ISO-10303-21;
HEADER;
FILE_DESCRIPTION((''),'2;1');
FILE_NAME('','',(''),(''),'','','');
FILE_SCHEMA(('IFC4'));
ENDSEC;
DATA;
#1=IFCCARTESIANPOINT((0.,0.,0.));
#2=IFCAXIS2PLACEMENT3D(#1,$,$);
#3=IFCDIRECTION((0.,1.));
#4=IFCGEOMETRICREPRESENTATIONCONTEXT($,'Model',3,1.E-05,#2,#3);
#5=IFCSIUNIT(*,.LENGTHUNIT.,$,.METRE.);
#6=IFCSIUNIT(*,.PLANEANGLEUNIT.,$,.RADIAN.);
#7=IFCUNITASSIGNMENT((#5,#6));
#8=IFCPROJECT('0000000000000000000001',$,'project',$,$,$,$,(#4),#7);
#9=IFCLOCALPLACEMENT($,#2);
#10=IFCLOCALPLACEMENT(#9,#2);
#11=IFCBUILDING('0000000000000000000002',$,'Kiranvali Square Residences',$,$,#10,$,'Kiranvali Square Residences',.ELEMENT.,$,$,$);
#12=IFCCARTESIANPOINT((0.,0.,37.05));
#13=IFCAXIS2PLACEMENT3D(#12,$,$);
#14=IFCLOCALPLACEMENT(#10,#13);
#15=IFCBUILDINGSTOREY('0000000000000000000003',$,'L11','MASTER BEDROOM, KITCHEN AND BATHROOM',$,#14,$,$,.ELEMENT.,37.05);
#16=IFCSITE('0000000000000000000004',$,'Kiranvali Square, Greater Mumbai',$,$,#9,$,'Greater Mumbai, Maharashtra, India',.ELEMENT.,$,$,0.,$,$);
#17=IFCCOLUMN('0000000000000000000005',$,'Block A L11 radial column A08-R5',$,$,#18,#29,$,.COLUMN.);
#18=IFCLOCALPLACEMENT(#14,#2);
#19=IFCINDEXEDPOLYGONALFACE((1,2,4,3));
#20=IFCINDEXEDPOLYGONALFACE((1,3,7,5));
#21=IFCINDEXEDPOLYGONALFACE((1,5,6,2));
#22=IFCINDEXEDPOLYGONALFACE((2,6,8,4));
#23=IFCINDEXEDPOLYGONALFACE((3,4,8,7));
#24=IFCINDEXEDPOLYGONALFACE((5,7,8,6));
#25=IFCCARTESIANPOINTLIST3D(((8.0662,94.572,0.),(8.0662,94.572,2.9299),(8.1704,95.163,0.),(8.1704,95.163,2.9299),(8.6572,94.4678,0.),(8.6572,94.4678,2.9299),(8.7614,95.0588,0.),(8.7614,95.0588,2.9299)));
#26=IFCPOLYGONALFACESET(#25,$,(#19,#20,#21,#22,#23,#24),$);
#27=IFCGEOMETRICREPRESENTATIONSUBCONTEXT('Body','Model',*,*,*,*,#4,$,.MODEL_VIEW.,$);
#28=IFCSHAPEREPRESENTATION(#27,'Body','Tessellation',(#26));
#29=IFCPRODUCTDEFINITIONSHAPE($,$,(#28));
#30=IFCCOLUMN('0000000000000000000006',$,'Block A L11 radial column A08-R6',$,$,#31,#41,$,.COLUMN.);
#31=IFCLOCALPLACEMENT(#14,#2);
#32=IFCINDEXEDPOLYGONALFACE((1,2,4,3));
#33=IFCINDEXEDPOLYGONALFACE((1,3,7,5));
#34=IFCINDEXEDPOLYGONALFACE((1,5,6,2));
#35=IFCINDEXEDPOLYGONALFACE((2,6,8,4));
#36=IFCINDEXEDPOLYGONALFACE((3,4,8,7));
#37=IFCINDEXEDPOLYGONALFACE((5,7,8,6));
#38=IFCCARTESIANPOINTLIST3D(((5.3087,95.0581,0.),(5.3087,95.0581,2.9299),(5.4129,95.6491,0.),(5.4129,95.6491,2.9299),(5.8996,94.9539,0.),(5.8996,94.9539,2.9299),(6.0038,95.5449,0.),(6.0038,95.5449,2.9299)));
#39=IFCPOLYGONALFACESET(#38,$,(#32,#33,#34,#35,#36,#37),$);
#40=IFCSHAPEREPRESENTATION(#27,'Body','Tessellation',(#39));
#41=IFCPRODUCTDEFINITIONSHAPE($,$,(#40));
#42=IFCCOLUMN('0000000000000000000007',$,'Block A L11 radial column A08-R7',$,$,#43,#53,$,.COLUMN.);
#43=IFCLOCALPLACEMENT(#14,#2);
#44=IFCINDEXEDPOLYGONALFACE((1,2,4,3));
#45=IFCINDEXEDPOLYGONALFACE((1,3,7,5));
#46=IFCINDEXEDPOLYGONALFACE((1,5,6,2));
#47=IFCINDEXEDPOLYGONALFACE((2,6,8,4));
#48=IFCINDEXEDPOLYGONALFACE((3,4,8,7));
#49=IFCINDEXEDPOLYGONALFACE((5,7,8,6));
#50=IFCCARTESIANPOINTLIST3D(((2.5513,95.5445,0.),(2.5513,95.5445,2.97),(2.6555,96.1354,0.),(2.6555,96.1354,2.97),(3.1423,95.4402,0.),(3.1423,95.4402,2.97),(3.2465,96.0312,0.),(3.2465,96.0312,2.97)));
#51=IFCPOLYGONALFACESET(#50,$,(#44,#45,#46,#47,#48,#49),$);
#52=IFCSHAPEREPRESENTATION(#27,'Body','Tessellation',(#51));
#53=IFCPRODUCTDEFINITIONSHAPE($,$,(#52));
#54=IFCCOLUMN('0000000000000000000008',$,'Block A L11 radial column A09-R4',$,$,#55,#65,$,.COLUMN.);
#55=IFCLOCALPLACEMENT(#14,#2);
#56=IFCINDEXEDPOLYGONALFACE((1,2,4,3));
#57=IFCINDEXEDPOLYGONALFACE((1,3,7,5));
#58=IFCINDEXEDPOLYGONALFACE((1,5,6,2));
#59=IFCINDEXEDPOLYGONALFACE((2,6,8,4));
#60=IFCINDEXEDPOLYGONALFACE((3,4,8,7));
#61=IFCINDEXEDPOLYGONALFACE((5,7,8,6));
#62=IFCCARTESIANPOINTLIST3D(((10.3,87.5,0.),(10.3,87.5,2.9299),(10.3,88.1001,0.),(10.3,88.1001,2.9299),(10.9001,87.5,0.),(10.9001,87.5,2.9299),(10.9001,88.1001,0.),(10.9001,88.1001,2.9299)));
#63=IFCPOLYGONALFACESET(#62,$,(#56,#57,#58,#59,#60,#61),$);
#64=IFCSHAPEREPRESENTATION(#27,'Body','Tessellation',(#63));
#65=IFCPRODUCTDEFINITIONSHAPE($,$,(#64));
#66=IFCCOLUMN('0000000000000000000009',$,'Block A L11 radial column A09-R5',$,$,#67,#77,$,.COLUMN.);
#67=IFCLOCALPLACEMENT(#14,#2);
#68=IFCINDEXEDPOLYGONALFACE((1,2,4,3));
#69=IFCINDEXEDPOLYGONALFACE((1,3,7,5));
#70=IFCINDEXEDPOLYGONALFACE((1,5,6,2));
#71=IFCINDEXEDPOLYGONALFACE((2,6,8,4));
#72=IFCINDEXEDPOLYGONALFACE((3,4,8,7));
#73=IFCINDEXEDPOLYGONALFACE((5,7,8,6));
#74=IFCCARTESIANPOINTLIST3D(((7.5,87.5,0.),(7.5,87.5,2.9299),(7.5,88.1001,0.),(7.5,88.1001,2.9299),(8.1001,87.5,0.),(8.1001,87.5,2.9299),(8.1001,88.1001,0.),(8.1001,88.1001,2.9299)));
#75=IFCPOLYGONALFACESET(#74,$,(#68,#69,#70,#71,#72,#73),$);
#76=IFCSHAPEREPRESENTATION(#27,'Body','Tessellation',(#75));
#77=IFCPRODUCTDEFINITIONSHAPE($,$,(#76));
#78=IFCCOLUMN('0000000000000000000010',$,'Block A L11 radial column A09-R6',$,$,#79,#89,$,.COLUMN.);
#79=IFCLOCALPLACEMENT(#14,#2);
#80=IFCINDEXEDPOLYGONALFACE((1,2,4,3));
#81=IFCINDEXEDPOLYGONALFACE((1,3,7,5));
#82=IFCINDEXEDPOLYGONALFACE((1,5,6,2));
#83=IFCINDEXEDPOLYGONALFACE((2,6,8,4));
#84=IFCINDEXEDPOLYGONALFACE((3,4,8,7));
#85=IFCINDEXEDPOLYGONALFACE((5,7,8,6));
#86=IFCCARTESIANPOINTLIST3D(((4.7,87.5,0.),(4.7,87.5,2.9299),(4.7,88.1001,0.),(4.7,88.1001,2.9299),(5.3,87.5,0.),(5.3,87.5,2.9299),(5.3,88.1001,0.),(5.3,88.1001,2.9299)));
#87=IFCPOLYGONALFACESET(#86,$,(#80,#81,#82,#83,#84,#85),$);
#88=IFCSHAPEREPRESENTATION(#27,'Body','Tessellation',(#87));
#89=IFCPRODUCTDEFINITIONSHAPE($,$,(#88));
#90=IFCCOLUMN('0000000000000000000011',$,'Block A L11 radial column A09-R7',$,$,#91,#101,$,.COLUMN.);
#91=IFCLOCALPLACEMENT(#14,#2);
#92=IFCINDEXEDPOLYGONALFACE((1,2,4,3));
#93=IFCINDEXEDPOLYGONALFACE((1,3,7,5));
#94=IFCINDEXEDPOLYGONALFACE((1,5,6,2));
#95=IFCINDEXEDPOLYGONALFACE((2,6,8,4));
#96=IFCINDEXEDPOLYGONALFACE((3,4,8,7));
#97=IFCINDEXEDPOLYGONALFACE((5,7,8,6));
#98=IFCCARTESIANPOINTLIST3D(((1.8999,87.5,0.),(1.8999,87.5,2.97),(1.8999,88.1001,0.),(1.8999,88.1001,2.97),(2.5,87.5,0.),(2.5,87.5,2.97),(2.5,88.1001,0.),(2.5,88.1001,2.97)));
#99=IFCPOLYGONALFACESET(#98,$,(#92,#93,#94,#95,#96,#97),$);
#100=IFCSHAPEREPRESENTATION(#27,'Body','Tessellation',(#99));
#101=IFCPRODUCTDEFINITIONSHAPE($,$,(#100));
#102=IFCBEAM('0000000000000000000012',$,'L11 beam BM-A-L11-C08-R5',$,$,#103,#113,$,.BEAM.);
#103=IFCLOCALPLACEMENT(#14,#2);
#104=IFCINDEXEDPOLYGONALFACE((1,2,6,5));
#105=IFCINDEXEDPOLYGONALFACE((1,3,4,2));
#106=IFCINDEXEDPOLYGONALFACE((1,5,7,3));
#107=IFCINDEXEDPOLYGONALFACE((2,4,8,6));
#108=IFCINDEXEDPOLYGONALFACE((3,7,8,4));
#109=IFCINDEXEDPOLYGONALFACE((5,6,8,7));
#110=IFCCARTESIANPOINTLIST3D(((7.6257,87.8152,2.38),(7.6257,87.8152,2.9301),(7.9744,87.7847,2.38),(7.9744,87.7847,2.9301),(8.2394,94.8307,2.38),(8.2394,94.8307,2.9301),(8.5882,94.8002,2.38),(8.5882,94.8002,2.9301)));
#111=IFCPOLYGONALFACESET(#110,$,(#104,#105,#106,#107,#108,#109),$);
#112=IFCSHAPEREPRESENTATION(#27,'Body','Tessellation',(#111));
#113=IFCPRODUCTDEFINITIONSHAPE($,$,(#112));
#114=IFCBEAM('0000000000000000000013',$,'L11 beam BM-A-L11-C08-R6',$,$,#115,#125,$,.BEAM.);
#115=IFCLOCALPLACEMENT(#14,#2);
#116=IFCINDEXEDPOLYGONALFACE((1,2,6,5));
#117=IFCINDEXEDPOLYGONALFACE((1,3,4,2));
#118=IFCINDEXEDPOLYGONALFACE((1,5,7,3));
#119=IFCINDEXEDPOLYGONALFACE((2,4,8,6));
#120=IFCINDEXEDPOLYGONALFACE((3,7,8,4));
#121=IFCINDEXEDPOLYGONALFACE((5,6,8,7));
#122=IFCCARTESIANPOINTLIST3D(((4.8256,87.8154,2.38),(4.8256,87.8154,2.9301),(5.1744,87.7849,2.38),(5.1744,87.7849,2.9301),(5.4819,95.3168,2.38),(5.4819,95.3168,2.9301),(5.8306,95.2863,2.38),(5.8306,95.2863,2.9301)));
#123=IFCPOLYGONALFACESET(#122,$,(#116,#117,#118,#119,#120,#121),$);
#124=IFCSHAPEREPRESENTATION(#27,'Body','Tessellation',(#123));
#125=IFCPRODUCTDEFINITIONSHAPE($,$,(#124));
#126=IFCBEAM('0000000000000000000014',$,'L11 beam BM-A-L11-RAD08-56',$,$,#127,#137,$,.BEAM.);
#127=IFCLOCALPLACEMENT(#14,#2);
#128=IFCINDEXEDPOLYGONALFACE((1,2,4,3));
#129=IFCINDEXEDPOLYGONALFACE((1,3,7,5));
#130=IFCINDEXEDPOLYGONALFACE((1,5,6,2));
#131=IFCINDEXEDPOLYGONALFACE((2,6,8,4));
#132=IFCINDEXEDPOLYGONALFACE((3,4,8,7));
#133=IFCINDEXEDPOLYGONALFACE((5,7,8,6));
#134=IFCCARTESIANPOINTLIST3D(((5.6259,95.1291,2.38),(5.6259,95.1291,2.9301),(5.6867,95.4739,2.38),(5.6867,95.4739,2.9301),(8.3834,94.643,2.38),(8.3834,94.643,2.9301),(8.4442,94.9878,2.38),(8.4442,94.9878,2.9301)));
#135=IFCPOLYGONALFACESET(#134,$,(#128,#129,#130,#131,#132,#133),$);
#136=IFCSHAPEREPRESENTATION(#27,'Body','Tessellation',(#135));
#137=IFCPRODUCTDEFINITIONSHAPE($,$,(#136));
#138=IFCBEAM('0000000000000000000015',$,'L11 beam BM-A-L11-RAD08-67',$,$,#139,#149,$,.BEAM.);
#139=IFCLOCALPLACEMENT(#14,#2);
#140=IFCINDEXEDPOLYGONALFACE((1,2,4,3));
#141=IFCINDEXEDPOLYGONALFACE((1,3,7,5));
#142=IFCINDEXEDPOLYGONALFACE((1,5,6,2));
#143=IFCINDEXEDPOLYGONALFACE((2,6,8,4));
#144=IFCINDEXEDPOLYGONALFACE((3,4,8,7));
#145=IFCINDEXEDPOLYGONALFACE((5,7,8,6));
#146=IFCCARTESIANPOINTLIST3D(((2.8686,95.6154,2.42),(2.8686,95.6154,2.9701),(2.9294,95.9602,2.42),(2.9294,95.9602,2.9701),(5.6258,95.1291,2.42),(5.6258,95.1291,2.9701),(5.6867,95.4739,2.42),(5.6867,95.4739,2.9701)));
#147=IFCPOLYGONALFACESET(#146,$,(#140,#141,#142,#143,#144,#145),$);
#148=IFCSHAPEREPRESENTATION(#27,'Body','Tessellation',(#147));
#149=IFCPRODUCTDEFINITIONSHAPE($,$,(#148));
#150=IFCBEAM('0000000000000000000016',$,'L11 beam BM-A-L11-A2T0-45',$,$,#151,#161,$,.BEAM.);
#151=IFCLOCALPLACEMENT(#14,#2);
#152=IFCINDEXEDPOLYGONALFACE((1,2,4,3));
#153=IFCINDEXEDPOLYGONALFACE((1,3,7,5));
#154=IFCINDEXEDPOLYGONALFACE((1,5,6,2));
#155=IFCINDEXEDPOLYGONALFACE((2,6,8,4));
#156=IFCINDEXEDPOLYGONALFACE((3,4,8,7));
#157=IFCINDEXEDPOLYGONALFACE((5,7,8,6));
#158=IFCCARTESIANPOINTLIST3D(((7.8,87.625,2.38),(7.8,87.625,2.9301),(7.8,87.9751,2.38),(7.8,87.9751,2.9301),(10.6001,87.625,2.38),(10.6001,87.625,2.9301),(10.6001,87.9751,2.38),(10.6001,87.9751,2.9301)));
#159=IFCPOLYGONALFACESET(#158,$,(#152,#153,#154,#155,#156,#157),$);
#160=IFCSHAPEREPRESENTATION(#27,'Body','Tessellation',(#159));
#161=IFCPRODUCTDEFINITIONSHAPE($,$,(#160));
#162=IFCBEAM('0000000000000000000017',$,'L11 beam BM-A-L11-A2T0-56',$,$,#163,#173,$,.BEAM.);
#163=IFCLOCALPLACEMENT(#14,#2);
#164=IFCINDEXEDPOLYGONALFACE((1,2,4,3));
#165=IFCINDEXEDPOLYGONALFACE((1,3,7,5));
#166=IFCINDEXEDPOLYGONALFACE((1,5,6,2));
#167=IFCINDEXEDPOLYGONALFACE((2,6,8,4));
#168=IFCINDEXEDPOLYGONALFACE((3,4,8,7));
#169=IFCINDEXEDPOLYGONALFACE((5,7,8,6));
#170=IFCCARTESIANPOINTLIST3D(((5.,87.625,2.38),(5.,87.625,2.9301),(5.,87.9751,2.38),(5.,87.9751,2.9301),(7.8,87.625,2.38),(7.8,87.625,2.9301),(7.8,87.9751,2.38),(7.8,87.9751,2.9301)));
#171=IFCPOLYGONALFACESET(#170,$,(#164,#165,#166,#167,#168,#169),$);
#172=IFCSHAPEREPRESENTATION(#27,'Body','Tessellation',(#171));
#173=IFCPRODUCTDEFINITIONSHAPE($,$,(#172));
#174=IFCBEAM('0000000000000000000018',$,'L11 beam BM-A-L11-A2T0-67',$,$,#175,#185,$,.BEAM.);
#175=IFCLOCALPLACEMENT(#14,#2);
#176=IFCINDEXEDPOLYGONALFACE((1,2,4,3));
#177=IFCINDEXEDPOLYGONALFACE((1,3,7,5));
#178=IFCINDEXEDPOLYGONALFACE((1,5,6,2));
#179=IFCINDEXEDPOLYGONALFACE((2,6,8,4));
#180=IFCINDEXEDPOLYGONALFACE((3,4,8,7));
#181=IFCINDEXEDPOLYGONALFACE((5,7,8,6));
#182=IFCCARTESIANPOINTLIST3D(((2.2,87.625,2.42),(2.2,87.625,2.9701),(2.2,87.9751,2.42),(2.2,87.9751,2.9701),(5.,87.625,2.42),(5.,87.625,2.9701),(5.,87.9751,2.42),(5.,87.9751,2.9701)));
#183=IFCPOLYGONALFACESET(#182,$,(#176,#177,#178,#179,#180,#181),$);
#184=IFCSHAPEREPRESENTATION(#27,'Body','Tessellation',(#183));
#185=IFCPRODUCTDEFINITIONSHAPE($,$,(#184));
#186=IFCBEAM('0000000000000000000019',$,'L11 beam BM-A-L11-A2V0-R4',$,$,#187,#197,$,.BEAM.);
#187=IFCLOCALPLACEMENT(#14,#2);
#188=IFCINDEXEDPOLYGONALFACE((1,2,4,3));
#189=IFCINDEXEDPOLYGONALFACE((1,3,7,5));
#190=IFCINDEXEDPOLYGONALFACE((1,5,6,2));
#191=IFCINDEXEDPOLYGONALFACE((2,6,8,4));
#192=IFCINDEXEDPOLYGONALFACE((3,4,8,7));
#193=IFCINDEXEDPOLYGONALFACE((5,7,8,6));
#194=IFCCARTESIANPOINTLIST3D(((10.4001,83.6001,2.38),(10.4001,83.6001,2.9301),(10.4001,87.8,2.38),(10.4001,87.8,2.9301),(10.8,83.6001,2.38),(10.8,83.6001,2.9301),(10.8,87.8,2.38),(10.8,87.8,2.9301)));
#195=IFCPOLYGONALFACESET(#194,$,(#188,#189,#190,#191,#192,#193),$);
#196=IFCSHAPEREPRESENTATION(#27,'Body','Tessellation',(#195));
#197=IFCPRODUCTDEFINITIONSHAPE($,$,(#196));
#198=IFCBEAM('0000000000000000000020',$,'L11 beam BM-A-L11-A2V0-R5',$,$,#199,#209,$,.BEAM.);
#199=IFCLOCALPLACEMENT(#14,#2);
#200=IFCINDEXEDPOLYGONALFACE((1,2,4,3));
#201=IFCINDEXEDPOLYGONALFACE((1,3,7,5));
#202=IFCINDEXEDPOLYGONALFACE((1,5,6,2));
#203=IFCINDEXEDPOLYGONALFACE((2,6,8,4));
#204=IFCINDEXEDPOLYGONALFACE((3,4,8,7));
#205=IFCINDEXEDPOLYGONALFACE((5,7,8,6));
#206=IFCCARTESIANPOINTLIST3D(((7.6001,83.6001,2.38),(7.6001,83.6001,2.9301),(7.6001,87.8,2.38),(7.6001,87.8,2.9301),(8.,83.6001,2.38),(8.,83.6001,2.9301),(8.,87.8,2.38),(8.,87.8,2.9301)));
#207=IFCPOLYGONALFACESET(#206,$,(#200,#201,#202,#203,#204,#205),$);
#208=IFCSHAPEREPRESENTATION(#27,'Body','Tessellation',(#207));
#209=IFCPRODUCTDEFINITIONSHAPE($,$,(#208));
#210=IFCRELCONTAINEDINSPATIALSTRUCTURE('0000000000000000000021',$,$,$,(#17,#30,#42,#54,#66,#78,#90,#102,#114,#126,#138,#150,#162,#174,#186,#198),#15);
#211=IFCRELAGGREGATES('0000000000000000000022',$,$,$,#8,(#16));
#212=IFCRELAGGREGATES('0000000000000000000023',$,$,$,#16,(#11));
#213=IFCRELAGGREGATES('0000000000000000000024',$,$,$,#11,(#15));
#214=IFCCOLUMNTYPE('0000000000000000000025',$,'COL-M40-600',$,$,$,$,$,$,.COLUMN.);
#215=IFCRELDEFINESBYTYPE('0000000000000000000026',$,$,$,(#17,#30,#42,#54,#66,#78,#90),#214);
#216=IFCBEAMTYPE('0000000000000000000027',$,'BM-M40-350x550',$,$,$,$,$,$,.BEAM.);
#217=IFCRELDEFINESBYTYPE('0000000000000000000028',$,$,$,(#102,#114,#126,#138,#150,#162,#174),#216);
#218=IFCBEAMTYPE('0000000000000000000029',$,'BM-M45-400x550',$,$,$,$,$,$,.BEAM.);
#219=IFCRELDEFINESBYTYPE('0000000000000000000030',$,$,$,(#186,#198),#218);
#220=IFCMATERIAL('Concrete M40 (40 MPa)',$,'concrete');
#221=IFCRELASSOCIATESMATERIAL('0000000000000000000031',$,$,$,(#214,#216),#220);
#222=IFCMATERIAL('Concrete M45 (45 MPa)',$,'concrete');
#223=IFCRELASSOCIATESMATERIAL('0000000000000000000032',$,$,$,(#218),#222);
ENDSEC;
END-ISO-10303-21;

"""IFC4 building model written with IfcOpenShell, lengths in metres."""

from ifc_helpers import new_model, si_unit, direction, frame, origin, origin_2d, place, context, subcontext, project, spatial, rectangle, extrude, material, material_profile, profile_set, type_object, element, save


model = new_model("IFC4")

# Units and contexts
model_context = context("Model", 3, precision=1e-05, world=origin(), true_north=direction((0.0, 1.0)))
body_context = subcontext(model_context, "Body", "Model", "MODEL_VIEW")
ifc_project = project(units=[si_unit("LENGTHUNIT", "METRE"), si_unit("PLANEANGLEUNIT", "RADIAN")], contexts=[model_context])

# Site, building, storey
site_placement = place(None, origin())
site = spatial("IfcSite", under=ifc_project, at=site_placement, Name="Kiranvali Square, Greater Mumbai", LongName="Greater Mumbai, Maharashtra, India", CompositionType="ELEMENT", RefElevation=0.0)
building_placement = place(site_placement, origin())
building = spatial("IfcBuilding", under=site, at=building_placement, Name="Kiranvali Square Residences", LongName="Kiranvali Square Residences", CompositionType="ELEMENT")
storey_placement = place(building_placement, frame((0.0, 0.0, 37.05)))
storey = spatial("IfcBuildingStorey", under=building, at=storey_placement, Name="L11", Description="MASTER BEDROOM, KITCHEN AND BATHROOM", CompositionType="ELEMENT", Elevation=37.05)

# Columns
ifc_material_1 = material(Name="Concrete M40 (40 MPa)", Category="concrete")
ifc_material_profile_1 = material_profile(ifc_material_1, rectangle(XDim=0.6001, YDim=0.6001, at=origin_2d()), Name="RC 600x600")
ifc_profile_set_1 = profile_set([ifc_material_profile_1], Name="Concrete M40 (40 MPa)")
column_type = type_object("IfcColumnType", Name="COL-M40-600", PredefinedType="COLUMN", material=ifc_profile_set_1)
for number, where, z_axis, x_axis, name in (
    (1, (8.4138, 94.8154, 0.0), (0.0, 0.0, 1.0), (0.173648, 0.984808, 0.0), "Block A L11 radial column A08-R5"),
    (2, (5.6562, 95.3015, 0.0), (0.0, 0.0, 1.0), (0.173648, 0.984808, 0.0), "Block A L11 radial column A08-R6"),
):
    element("IfcColumn", number, at=place(storey_placement, frame(where, z_axis=z_axis, x_axis=x_axis)), inside=storey, type_object=column_type, Name=name, PredefinedType="COLUMN", context=body_context, shape_type="SweptSolid", body=[
        extrude(rectangle(XDim=0.6001, YDim=0.6001, at=origin_2d()), origin(), (0.0, 0.0, 1.0), 2.9299),
    ])
column_1_placement = place(storey_placement, frame((2.8989, 95.7878, 0.0), z_axis=(0.0, 0.0, 1.0), x_axis=(0.173648, 0.984808, 0.0)))
element("IfcColumn", 3, at=column_1_placement, inside=storey, type_object=column_type, Name="Block A L11 radial column A08-R7", PredefinedType="COLUMN", context=body_context, shape_type="SweptSolid", body=[
    extrude(rectangle(XDim=0.6001, YDim=0.6001, at=origin_2d()), origin(), (0.0, 0.0, 1.0), 2.97),
])
for number, where, z_axis, x_axis, name in (
    (4, (10.6001, 87.8, 0.0), (0.0, 0.0, 1.0), (0.0, 1.0, 0.0), "Block A L11 radial column A09-R4"),
    (5, (7.8, 87.8, 0.0), (0.0, 0.0, 1.0), (0.0, 1.0, 0.0), "Block A L11 radial column A09-R5"),
    (6, (5.0, 87.8, 0.0), (0.0, 0.0, 1.0), (0.0, 1.0, 0.0), "Block A L11 radial column A09-R6"),
):
    element("IfcColumn", number, at=place(storey_placement, frame(where, z_axis=z_axis, x_axis=x_axis)), inside=storey, type_object=column_type, Name=name, PredefinedType="COLUMN", context=body_context, shape_type="SweptSolid", body=[
        extrude(rectangle(XDim=0.6001, YDim=0.6001, at=origin_2d()), origin(), (0.0, 0.0, 1.0), 2.9299),
    ])
column_2_placement = place(storey_placement, frame((2.2, 87.8, 0.0), z_axis=(0.0, 0.0, 1.0), x_axis=(0.0, 1.0, 0.0)))
element("IfcColumn", 7, at=column_2_placement, inside=storey, type_object=column_type, Name="Block A L11 radial column A09-R7", PredefinedType="COLUMN", context=body_context, shape_type="SweptSolid", body=[
    extrude(rectangle(XDim=0.6001, YDim=0.6001, at=origin_2d()), origin(), (0.0, 0.0, 1.0), 2.97),
])

# Beams
ifc_material_profile_2 = material_profile(ifc_material_1, rectangle(XDim=0.3501, YDim=0.55, at=origin_2d()), Name="RC 350x550")
ifc_profile_set_2 = profile_set([ifc_material_profile_2], Name="Concrete M40 (40 MPa)")
beam_type_1 = type_object("IfcBeamType", Name="BM-M40-350x550", PredefinedType="BEAM", material=ifc_profile_set_2)
beam_1_placement = place(storey_placement, frame((8.4138, 94.8154, 2.655), z_axis=(-0.087156, -0.996195, 0.0), x_axis=(0.996195, -0.087156, 0.0)))
element("IfcBeam", 8, at=beam_1_placement, inside=storey, type_object=beam_type_1, Name="L11 beam BM-A-L11-C08-R5", PredefinedType="BEAM", context=body_context, shape_type="SweptSolid", body=[
    extrude(rectangle(XDim=0.3501, YDim=0.55, at=origin_2d()), origin(), (0.0, 0.0, 1.0), 7.0422),
])
beam_2_placement = place(storey_placement, frame((5.6562, 95.3015, 2.655), z_axis=(-0.08715, -0.996195, 0.0), x_axis=(0.996195, -0.08715, 0.0)))
element("IfcBeam", 9, at=beam_2_placement, inside=storey, type_object=beam_type_1, Name="L11 beam BM-A-L11-C08-R6", PredefinedType="BEAM", context=body_context, shape_type="SweptSolid", body=[
    extrude(rectangle(XDim=0.3501, YDim=0.55, at=origin_2d()), origin(), (0.0, 0.0, 1.0), 7.53),
])
beam_3_placement = place(storey_placement, frame((8.4138, 94.8154, 2.655), z_axis=(-0.984817, 0.173596, 0.0), x_axis=(-0.173596, -0.984817, 0.0)))
element("IfcBeam", 10, at=beam_3_placement, inside=storey, type_object=beam_type_1, Name="L11 beam BM-A-L11-RAD08-56", PredefinedType="BEAM", context=body_context, shape_type="SweptSolid", body=[
    extrude(rectangle(XDim=0.3501, YDim=0.55, at=origin_2d()), origin(), (0.0, 0.0, 1.0), 2.8),
])
beam_4_placement = place(storey_placement, frame((5.6562, 95.3015, 2.6951), z_axis=(-0.984799, 0.173696, 0.0), x_axis=(-0.173696, -0.984799, 0.0)))
element("IfcBeam", 11, at=beam_4_placement, inside=storey, type_object=beam_type_1, Name="L11 beam BM-A-L11-RAD08-67", PredefinedType="BEAM", context=body_context, shape_type="SweptSolid", body=[
    extrude(rectangle(XDim=0.3501, YDim=0.55, at=origin_2d()), origin(), (0.0, 0.0, 1.0), 2.7998),
])
for number, where, z_axis, x_axis, name in (
    (12, (10.6001, 87.8, 2.655), (-1.0, 0.0, 0.0), (0.0, -1.0, 0.0), "L11 beam BM-A-L11-A2T0-45"),
    (13, (7.8, 87.8, 2.655), (-1.0, 0.0, 0.0), (0.0, -1.0, 0.0), "L11 beam BM-A-L11-A2T0-56"),
    (14, (5.0, 87.8, 2.6951), (-1.0, 0.0, 0.0), (0.0, -1.0, 0.0), "L11 beam BM-A-L11-A2T0-67"),
):
    element("IfcBeam", number, at=place(storey_placement, frame(where, z_axis=z_axis, x_axis=x_axis)), inside=storey, type_object=beam_type_1, Name=name, PredefinedType="BEAM", context=body_context, shape_type="SweptSolid", body=[
        extrude(rectangle(XDim=0.3501, YDim=0.55, at=origin_2d()), origin(), (0.0, 0.0, 1.0), 2.8),
    ])
ifc_material_2 = material(Name="Concrete M45 (45 MPa)", Category="concrete")
ifc_material_profile_3 = material_profile(ifc_material_2, rectangle(XDim=0.3999, YDim=0.55, at=origin_2d()), Name="RC 400x550")
ifc_profile_set_3 = profile_set([ifc_material_profile_3], Name="Concrete M45 (45 MPa)")
beam_type_2 = type_object("IfcBeamType", Name="BM-M45-400x550", PredefinedType="BEAM", material=ifc_profile_set_3)
for number, where, z_axis, x_axis, name in (
    (15, (10.6001, 87.8, 2.655), (0.0, -1.0, 0.0), (1.0, 0.0, 0.0), "L11 beam BM-A-L11-A2V0-R4"),
    (16, (7.8, 87.8, 2.655), (0.0, -1.0, 0.0), (1.0, 0.0, 0.0), "L11 beam BM-A-L11-A2V0-R5"),
):
    element("IfcBeam", number, at=place(storey_placement, frame(where, z_axis=z_axis, x_axis=x_axis)), inside=storey, type_object=beam_type_2, Name=name, PredefinedType="BEAM", context=body_context, shape_type="SweptSolid", body=[
        extrude(rectangle(XDim=0.3999, YDim=0.55, at=origin_2d()), origin(), (0.0, 0.0, 1.0), 4.2),
    ])

save(model, "model.ifc")
